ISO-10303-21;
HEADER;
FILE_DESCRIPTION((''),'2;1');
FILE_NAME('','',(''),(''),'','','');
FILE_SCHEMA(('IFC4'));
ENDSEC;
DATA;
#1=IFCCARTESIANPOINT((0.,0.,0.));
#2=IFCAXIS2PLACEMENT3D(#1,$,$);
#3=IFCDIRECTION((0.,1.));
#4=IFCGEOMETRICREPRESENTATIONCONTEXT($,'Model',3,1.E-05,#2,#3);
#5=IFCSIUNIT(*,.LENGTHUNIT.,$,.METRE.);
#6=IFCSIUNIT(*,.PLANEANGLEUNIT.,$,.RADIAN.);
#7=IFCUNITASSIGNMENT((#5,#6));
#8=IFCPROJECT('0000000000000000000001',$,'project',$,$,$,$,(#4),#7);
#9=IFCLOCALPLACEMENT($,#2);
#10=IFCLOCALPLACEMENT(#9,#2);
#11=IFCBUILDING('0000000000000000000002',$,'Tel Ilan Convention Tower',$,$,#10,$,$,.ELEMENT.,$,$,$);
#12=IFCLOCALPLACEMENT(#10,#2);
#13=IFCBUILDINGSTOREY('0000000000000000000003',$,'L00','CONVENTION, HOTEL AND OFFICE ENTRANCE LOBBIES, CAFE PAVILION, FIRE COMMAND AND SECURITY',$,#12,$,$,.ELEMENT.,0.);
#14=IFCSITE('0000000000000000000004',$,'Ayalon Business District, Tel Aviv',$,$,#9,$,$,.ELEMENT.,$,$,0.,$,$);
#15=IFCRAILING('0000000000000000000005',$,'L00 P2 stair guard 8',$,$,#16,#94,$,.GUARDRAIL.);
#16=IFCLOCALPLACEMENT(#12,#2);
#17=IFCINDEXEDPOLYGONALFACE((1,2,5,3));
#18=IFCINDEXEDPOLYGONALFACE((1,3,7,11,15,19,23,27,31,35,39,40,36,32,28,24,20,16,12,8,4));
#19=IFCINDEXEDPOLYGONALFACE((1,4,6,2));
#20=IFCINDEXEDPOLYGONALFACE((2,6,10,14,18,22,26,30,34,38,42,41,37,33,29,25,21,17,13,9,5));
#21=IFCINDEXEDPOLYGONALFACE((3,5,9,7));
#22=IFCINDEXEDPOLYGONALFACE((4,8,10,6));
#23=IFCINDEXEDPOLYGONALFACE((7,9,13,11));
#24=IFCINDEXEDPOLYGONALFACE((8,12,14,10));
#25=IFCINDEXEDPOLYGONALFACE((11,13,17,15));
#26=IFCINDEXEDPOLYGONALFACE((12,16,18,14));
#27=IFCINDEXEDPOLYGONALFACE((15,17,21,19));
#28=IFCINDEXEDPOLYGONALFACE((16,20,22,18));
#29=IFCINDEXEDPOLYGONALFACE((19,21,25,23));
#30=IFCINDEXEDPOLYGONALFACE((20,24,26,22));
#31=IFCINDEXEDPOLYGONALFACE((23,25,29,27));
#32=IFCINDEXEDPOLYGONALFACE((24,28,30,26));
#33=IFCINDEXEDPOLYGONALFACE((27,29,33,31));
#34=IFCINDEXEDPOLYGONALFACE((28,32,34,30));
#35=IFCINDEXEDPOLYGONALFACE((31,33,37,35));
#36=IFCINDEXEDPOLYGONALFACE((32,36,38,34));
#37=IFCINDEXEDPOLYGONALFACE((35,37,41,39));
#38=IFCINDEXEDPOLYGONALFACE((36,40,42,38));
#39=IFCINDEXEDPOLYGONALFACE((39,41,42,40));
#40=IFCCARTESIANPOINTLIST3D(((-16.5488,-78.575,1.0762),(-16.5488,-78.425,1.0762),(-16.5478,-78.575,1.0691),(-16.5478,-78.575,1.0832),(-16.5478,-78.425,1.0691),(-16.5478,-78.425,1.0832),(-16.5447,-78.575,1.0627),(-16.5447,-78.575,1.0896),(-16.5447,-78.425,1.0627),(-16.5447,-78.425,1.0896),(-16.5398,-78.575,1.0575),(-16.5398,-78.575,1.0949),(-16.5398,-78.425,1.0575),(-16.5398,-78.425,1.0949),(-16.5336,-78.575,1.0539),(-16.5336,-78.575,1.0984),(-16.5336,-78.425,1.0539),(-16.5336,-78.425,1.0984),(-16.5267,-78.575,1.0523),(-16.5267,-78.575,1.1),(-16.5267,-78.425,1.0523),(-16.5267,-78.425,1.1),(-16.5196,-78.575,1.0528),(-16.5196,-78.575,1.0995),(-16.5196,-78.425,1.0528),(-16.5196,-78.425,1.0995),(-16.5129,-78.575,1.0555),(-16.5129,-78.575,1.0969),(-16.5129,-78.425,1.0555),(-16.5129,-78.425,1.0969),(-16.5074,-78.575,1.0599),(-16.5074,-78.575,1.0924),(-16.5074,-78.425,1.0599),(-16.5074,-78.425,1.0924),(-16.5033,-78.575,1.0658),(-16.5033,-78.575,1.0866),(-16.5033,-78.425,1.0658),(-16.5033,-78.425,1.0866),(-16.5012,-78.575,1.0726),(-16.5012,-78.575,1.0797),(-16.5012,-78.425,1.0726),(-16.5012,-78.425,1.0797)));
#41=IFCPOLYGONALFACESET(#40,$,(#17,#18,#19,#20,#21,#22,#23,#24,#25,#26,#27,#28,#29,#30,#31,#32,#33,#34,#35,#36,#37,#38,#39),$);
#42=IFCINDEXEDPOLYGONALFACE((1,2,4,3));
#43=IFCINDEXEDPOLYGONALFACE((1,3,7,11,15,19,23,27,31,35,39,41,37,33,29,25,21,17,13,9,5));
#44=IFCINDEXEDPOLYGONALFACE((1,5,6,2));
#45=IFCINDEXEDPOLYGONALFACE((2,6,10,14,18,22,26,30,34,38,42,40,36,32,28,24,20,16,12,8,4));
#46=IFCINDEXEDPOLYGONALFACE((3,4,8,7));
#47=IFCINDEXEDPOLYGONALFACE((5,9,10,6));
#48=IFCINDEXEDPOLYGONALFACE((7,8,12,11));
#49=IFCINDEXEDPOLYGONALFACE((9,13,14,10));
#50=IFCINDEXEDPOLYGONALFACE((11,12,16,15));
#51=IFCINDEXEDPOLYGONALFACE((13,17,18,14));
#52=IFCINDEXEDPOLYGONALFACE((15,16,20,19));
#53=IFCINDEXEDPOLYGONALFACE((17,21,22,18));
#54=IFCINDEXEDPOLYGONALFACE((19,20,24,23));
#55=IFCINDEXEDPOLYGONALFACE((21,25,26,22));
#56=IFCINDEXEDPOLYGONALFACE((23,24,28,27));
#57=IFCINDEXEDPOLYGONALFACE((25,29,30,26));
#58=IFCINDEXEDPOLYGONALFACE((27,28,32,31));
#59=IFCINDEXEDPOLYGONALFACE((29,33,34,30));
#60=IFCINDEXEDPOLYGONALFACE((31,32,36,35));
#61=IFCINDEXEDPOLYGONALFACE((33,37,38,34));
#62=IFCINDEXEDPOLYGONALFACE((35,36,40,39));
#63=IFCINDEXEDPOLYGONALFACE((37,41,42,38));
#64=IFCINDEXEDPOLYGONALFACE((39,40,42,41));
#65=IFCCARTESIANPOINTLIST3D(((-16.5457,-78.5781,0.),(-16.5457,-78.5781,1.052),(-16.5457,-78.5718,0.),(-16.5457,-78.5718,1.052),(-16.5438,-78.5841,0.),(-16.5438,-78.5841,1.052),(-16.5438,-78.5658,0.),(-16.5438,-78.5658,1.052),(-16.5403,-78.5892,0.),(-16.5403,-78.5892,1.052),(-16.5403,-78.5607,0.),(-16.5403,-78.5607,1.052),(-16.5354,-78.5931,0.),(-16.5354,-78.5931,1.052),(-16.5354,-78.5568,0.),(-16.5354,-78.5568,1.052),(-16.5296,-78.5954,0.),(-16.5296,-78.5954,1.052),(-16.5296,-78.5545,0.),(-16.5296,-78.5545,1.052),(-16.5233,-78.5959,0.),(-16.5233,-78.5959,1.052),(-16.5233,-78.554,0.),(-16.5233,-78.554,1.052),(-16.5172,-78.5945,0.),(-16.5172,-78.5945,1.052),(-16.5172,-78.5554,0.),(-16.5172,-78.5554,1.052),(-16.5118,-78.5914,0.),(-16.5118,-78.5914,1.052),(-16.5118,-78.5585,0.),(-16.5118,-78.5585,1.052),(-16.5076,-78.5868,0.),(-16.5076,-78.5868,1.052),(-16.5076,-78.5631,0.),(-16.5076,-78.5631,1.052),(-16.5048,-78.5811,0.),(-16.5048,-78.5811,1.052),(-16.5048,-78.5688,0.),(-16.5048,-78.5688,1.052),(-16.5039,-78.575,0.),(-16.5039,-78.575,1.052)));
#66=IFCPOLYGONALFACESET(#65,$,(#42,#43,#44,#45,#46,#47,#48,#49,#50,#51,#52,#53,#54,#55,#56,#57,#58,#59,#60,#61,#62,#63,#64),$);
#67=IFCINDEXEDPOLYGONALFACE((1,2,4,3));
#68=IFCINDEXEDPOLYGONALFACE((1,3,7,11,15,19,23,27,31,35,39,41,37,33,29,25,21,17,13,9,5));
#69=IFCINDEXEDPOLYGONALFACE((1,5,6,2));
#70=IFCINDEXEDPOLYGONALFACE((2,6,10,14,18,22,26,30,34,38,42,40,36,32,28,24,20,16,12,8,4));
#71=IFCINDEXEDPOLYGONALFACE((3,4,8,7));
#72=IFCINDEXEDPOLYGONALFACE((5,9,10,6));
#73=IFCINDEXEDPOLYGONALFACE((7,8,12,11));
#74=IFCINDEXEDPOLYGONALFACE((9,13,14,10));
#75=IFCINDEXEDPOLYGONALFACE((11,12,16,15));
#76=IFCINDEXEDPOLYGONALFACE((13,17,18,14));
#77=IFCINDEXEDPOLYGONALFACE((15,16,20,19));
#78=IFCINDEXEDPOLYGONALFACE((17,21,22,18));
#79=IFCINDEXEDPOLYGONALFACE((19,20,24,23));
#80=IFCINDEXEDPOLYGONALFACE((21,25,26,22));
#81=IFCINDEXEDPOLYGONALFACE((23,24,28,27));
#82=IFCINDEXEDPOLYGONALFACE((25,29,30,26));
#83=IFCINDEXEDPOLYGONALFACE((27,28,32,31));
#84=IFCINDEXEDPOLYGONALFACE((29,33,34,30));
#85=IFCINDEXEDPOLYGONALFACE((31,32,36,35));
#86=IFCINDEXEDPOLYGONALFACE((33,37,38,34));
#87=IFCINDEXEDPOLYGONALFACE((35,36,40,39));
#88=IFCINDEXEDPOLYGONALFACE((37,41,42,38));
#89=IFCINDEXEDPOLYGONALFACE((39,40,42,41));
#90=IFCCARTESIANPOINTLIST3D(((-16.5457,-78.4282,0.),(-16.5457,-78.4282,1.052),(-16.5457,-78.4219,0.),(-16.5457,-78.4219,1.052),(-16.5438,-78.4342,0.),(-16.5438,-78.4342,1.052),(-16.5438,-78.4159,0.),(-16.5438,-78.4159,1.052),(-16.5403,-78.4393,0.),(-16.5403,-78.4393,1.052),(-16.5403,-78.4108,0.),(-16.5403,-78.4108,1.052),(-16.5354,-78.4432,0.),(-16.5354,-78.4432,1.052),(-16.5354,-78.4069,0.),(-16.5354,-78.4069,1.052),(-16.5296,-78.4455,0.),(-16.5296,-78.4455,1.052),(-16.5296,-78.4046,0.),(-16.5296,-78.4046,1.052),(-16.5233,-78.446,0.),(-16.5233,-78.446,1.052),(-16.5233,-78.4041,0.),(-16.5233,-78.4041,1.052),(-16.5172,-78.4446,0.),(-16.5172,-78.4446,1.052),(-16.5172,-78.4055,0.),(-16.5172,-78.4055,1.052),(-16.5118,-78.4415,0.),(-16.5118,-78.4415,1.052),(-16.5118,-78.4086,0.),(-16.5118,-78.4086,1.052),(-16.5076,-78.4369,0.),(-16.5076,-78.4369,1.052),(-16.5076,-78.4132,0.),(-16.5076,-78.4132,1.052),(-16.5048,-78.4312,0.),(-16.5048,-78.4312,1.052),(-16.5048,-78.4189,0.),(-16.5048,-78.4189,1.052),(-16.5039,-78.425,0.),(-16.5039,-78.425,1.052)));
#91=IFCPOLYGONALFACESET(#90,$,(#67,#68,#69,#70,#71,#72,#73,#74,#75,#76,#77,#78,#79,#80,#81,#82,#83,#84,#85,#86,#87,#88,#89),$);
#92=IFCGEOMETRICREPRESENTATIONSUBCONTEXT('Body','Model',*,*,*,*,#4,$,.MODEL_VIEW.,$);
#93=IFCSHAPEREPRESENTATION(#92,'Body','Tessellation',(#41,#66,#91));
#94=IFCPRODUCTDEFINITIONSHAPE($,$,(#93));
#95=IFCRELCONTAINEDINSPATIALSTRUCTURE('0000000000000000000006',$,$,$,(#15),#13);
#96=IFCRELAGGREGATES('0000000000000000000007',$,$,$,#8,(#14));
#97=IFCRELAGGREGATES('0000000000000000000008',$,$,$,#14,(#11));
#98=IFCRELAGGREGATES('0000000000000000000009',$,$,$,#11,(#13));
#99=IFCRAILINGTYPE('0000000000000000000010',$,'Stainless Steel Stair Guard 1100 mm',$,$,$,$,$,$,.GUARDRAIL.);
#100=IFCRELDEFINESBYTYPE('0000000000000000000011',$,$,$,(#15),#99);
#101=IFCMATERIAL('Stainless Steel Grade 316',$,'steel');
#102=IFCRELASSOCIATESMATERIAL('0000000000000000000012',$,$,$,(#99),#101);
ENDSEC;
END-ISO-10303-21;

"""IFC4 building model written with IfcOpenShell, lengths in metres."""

from ifc_helpers import new_model, si_unit, direction, frame, origin, origin_2d, place, context, subcontext, project, spatial, circle, extrude, material, type_object, element, save


model = new_model("IFC4")

# Units and contexts
model_context = context("Model", 3, precision=1e-05, world=origin(), true_north=direction((0.0, 1.0)))
body_context = subcontext(model_context, "Body", "Model", "MODEL_VIEW")
ifc_project = project(units=[si_unit("LENGTHUNIT", "METRE"), si_unit("PLANEANGLEUNIT", "RADIAN")], contexts=[model_context])

# Site, building, storey
site_placement = place(None, origin())
site = spatial("IfcSite", under=ifc_project, at=site_placement, Name="Ayalon Business District, Tel Aviv", CompositionType="ELEMENT", RefElevation=0.0)
building_placement = place(site_placement, origin())
building = spatial("IfcBuilding", under=site, at=building_placement, Name="Tel Ilan Convention Tower", CompositionType="ELEMENT")
storey_placement = place(building_placement, origin())
storey = spatial("IfcBuildingStorey", under=building, at=storey_placement, Name="L00", Description="CONVENTION, HOTEL AND OFFICE ENTRANCE LOBBIES, CAFE PAVILION, FIRE COMMAND AND SECURITY", CompositionType="ELEMENT", Elevation=0.0)

# Railing
ifc_material_1 = material(Name="Stainless Steel Grade 316", Category="steel")
railing_type_1 = type_object("IfcRailingType", Name="Stainless Steel Stair Guard 1100 mm", PredefinedType="GUARDRAIL", material=ifc_material_1)
railing_1_placement = place(storey_placement, frame((-16.5249, -78.575, 0.0)))
element("IfcRailing", 1, at=railing_1_placement, inside=storey, type_object=railing_type_1, Name="L00 P2 stair guard 8", PredefinedType="GUARDRAIL", context=body_context, shape_type="SweptSolid", body=[
    extrude(circle(Radius=0.0239, at=origin_2d()), frame((0.0, 0.0, 1.0762), z_axis=(0.0, 1.0, 0.0), x_axis=(-1.0, 0.0, 0.0)), (0.0, 0.0, 1.0), 0.1499),
    extrude(circle(Radius=0.021, at=origin_2d()), origin(), (0.0, 0.0, 1.0), 1.052),
    extrude(circle(Radius=0.021, at=origin_2d()), frame((0.0, 0.1499, 0.0)), (0.0, 0.0, 1.0), 1.052),
])

save(model, "model.ifc")
